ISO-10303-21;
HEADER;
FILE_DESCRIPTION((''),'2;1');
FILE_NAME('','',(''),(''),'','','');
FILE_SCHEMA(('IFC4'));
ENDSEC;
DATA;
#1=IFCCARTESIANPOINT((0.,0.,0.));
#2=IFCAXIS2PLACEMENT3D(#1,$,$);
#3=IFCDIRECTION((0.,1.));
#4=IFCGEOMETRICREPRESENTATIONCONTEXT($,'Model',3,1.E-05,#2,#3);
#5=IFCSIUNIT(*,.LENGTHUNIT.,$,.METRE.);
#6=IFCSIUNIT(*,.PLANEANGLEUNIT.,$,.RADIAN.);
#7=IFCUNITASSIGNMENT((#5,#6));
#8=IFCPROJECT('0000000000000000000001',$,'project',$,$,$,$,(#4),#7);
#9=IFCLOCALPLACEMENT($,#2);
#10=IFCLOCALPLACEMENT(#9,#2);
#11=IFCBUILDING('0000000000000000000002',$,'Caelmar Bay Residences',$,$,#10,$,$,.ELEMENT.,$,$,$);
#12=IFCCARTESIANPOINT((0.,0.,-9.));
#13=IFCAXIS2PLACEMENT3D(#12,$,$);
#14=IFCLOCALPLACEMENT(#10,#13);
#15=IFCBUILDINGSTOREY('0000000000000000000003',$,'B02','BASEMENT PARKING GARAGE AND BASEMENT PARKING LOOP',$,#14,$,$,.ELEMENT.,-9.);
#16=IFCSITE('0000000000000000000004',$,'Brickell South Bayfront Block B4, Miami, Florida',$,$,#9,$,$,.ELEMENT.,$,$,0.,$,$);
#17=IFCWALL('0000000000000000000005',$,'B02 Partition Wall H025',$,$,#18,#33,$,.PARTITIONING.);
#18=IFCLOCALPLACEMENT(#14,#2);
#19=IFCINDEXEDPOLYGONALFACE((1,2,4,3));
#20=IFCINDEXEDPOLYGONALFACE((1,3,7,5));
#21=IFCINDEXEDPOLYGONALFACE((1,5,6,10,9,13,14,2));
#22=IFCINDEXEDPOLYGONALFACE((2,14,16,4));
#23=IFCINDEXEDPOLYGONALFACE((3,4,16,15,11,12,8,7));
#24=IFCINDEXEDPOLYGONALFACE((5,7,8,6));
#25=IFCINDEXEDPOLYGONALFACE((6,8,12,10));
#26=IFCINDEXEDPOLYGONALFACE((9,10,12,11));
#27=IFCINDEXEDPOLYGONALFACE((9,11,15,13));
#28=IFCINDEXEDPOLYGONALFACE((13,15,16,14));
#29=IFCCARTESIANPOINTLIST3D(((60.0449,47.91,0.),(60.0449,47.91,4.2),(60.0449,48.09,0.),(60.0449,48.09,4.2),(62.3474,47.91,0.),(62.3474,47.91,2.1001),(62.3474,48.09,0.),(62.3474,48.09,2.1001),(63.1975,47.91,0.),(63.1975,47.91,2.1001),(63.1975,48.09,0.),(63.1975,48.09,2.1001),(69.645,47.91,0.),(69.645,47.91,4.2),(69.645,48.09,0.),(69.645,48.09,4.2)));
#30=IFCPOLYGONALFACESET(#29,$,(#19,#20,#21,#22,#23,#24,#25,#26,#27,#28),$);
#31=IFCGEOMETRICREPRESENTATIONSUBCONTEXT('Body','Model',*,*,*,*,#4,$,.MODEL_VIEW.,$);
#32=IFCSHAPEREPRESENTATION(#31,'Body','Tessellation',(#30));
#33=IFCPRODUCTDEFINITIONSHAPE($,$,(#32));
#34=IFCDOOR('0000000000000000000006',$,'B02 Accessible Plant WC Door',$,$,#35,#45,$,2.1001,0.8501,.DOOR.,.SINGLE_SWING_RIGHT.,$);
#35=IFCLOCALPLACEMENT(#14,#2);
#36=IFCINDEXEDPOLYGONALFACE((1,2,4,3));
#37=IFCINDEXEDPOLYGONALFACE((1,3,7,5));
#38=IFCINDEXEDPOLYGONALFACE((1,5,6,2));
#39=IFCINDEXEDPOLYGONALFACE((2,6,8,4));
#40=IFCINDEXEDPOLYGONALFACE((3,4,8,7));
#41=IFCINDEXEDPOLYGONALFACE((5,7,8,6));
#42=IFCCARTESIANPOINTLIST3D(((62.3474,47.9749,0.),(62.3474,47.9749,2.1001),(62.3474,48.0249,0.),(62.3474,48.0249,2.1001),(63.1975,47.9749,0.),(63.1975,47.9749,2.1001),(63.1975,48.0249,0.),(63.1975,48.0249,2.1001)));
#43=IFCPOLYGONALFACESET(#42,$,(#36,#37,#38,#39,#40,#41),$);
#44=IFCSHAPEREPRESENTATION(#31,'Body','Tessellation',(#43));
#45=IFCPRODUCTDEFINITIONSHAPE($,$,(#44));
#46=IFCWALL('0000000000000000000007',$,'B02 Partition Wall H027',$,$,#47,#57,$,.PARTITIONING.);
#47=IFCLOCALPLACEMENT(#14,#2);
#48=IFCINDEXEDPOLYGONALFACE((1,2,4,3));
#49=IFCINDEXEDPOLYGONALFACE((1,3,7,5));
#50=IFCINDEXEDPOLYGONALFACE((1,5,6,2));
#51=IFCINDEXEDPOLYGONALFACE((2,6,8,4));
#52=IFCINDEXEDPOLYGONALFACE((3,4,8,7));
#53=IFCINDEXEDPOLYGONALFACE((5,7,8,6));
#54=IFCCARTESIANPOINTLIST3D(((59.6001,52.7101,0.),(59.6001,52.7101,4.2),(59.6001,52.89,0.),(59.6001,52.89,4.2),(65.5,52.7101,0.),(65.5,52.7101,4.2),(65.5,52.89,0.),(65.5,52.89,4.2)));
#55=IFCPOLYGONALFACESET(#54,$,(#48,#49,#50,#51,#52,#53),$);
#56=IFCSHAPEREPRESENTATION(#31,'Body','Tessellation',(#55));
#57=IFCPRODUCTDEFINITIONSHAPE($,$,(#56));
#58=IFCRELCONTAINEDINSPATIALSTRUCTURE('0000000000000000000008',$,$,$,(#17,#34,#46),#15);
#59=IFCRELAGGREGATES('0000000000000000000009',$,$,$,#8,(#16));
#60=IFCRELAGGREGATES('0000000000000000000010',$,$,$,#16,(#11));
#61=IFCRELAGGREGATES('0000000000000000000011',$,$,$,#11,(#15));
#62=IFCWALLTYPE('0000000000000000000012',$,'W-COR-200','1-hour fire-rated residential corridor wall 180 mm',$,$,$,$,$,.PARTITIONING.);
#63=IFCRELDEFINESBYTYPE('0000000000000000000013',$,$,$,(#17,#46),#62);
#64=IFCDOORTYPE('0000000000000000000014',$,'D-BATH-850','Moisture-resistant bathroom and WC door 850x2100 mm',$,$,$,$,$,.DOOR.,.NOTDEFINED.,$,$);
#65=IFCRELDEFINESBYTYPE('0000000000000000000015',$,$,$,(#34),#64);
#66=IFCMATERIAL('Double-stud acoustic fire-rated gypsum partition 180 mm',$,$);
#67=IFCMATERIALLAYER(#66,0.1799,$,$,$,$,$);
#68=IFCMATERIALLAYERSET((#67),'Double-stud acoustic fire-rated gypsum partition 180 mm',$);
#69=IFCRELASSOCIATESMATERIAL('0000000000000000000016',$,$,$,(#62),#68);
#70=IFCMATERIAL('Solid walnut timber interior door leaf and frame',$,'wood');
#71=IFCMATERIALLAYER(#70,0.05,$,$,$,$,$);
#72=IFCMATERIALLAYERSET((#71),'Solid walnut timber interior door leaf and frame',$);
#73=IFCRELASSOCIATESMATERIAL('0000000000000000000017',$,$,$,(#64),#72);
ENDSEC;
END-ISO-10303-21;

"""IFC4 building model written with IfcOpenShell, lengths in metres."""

from ifc_helpers import new_model, si_unit, direction, frame, frame_2d, origin, place, context, subcontext, project, spatial, rectangle, extrude, material, layer, layer_set, type_object, element, fill, save


model = new_model("IFC4")

# Units and contexts
model_context = context("Model", 3, precision=1e-05, world=origin(), true_north=direction((0.0, 1.0)))
body_context = subcontext(model_context, "Body", "Model", "MODEL_VIEW")
ifc_project = project(units=[si_unit("LENGTHUNIT", "METRE"), si_unit("PLANEANGLEUNIT", "RADIAN")], contexts=[model_context])

# Site, building, storey
site_placement = place(None, origin())
site = spatial("IfcSite", under=ifc_project, at=site_placement, Name="Brickell South Bayfront Block B4, Miami, Florida", CompositionType="ELEMENT", RefElevation=0.0)
building_placement = place(site_placement, origin())
building = spatial("IfcBuilding", under=site, at=building_placement, Name="Caelmar Bay Residences", CompositionType="ELEMENT")
storey_placement = place(building_placement, frame((0.0, 0.0, -9.0)))
storey = spatial("IfcBuildingStorey", under=building, at=storey_placement, Name="B02", Description="BASEMENT PARKING GARAGE AND BASEMENT PARKING LOOP", CompositionType="ELEMENT", Elevation=-9.0)

# Shared definitions
ifc_material_1 = material(Name="Double-stud acoustic fire-rated gypsum partition 180 mm")
ifc_layer_1 = layer(ifc_material_1, 0.1799)
ifc_layer_set_1 = layer_set([ifc_layer_1], Name="Double-stud acoustic fire-rated gypsum partition 180 mm")
wall_type_1 = type_object("IfcWallType", Name="W-COR-200", Description="1-hour fire-rated residential corridor wall 180 mm", PredefinedType="PARTITIONING", material=ifc_layer_set_1)

# Wall, opening, door
wall_1_placement = place(storey_placement, frame((60.0449, 48.0, 0.0), z_axis=(0.0, 0.0, 1.0), x_axis=(1.0, 0.0, 0.0)))
wall_1 = element("IfcWall", 1, at=wall_1_placement, inside=storey, type_object=wall_type_1, Name="B02 Partition Wall H025", PredefinedType="PARTITIONING", context=body_context, shape_type="SweptSolid", body=[
    extrude(rectangle(XDim=9.6001, YDim=0.1799, at=frame_2d((4.8, 0.0))), origin(), (0.0, 0.0, 1.0), 4.2),
])
opening_placement = place(wall_1_placement, frame((2.3025, 0.0, 0.0)))
opening = element("IfcOpeningElement", 2, at=opening_placement, cuts=wall_1, PredefinedType="OPENING", context=body_context, shape_type="SweptSolid", body=[
    extrude(rectangle(XDim=0.8501, YDim=2.1001, at=frame_2d((0.425, 1.05))), frame((0.0, 0.0999, 0.0), z_axis=(0.0, -1.0, 0.0), x_axis=(1.0, 0.0, 0.0)), (0.0, 0.0, 1.0), 0.2),
])
ifc_material_2 = material(Name="Solid walnut timber interior door leaf and frame", Category="wood")
ifc_layer_2 = layer(ifc_material_2, 0.05)
ifc_layer_set_2 = layer_set([ifc_layer_2], Name="Solid walnut timber interior door leaf and frame")
door_type = type_object("IfcDoorType", Name="D-BATH-850", Description="Moisture-resistant bathroom and WC door 850x2100 mm", OperationType="NOTDEFINED", PredefinedType="DOOR", material=ifc_layer_set_2)
door_placement = place(opening_placement, origin())
door = element("IfcDoor", 3, at=door_placement, inside=storey, type_object=door_type, Name="B02 Accessible Plant WC Door", OperationType="SINGLE_SWING_RIGHT", OverallHeight=2.1001, OverallWidth=0.8501, PredefinedType="DOOR", context=body_context, shape_type="SweptSolid", body=[
    extrude(rectangle(XDim=0.8501, YDim=2.1001, at=frame_2d((0.425, 1.05))), frame((0.0, 0.0249, 0.0), z_axis=(0.0, -1.0, 0.0), x_axis=(1.0, 0.0, 0.0)), (0.0, 0.0, 1.0), 0.05),
])
fill(opening, door)

# Wall
wall_2_placement = place(storey_placement, frame((59.6001, 52.8, 0.0), z_axis=(0.0, 0.0, 1.0), x_axis=(1.0, 0.0, 0.0)))
element("IfcWall", 4, at=wall_2_placement, inside=storey, type_object=wall_type_1, Name="B02 Partition Wall H027", PredefinedType="PARTITIONING", context=body_context, shape_type="SweptSolid", body=[
    extrude(rectangle(XDim=5.8999, YDim=0.1799, at=frame_2d((2.95, 0.0))), origin(), (0.0, 0.0, 1.0), 4.2),
])

save(model, "model.ifc")
